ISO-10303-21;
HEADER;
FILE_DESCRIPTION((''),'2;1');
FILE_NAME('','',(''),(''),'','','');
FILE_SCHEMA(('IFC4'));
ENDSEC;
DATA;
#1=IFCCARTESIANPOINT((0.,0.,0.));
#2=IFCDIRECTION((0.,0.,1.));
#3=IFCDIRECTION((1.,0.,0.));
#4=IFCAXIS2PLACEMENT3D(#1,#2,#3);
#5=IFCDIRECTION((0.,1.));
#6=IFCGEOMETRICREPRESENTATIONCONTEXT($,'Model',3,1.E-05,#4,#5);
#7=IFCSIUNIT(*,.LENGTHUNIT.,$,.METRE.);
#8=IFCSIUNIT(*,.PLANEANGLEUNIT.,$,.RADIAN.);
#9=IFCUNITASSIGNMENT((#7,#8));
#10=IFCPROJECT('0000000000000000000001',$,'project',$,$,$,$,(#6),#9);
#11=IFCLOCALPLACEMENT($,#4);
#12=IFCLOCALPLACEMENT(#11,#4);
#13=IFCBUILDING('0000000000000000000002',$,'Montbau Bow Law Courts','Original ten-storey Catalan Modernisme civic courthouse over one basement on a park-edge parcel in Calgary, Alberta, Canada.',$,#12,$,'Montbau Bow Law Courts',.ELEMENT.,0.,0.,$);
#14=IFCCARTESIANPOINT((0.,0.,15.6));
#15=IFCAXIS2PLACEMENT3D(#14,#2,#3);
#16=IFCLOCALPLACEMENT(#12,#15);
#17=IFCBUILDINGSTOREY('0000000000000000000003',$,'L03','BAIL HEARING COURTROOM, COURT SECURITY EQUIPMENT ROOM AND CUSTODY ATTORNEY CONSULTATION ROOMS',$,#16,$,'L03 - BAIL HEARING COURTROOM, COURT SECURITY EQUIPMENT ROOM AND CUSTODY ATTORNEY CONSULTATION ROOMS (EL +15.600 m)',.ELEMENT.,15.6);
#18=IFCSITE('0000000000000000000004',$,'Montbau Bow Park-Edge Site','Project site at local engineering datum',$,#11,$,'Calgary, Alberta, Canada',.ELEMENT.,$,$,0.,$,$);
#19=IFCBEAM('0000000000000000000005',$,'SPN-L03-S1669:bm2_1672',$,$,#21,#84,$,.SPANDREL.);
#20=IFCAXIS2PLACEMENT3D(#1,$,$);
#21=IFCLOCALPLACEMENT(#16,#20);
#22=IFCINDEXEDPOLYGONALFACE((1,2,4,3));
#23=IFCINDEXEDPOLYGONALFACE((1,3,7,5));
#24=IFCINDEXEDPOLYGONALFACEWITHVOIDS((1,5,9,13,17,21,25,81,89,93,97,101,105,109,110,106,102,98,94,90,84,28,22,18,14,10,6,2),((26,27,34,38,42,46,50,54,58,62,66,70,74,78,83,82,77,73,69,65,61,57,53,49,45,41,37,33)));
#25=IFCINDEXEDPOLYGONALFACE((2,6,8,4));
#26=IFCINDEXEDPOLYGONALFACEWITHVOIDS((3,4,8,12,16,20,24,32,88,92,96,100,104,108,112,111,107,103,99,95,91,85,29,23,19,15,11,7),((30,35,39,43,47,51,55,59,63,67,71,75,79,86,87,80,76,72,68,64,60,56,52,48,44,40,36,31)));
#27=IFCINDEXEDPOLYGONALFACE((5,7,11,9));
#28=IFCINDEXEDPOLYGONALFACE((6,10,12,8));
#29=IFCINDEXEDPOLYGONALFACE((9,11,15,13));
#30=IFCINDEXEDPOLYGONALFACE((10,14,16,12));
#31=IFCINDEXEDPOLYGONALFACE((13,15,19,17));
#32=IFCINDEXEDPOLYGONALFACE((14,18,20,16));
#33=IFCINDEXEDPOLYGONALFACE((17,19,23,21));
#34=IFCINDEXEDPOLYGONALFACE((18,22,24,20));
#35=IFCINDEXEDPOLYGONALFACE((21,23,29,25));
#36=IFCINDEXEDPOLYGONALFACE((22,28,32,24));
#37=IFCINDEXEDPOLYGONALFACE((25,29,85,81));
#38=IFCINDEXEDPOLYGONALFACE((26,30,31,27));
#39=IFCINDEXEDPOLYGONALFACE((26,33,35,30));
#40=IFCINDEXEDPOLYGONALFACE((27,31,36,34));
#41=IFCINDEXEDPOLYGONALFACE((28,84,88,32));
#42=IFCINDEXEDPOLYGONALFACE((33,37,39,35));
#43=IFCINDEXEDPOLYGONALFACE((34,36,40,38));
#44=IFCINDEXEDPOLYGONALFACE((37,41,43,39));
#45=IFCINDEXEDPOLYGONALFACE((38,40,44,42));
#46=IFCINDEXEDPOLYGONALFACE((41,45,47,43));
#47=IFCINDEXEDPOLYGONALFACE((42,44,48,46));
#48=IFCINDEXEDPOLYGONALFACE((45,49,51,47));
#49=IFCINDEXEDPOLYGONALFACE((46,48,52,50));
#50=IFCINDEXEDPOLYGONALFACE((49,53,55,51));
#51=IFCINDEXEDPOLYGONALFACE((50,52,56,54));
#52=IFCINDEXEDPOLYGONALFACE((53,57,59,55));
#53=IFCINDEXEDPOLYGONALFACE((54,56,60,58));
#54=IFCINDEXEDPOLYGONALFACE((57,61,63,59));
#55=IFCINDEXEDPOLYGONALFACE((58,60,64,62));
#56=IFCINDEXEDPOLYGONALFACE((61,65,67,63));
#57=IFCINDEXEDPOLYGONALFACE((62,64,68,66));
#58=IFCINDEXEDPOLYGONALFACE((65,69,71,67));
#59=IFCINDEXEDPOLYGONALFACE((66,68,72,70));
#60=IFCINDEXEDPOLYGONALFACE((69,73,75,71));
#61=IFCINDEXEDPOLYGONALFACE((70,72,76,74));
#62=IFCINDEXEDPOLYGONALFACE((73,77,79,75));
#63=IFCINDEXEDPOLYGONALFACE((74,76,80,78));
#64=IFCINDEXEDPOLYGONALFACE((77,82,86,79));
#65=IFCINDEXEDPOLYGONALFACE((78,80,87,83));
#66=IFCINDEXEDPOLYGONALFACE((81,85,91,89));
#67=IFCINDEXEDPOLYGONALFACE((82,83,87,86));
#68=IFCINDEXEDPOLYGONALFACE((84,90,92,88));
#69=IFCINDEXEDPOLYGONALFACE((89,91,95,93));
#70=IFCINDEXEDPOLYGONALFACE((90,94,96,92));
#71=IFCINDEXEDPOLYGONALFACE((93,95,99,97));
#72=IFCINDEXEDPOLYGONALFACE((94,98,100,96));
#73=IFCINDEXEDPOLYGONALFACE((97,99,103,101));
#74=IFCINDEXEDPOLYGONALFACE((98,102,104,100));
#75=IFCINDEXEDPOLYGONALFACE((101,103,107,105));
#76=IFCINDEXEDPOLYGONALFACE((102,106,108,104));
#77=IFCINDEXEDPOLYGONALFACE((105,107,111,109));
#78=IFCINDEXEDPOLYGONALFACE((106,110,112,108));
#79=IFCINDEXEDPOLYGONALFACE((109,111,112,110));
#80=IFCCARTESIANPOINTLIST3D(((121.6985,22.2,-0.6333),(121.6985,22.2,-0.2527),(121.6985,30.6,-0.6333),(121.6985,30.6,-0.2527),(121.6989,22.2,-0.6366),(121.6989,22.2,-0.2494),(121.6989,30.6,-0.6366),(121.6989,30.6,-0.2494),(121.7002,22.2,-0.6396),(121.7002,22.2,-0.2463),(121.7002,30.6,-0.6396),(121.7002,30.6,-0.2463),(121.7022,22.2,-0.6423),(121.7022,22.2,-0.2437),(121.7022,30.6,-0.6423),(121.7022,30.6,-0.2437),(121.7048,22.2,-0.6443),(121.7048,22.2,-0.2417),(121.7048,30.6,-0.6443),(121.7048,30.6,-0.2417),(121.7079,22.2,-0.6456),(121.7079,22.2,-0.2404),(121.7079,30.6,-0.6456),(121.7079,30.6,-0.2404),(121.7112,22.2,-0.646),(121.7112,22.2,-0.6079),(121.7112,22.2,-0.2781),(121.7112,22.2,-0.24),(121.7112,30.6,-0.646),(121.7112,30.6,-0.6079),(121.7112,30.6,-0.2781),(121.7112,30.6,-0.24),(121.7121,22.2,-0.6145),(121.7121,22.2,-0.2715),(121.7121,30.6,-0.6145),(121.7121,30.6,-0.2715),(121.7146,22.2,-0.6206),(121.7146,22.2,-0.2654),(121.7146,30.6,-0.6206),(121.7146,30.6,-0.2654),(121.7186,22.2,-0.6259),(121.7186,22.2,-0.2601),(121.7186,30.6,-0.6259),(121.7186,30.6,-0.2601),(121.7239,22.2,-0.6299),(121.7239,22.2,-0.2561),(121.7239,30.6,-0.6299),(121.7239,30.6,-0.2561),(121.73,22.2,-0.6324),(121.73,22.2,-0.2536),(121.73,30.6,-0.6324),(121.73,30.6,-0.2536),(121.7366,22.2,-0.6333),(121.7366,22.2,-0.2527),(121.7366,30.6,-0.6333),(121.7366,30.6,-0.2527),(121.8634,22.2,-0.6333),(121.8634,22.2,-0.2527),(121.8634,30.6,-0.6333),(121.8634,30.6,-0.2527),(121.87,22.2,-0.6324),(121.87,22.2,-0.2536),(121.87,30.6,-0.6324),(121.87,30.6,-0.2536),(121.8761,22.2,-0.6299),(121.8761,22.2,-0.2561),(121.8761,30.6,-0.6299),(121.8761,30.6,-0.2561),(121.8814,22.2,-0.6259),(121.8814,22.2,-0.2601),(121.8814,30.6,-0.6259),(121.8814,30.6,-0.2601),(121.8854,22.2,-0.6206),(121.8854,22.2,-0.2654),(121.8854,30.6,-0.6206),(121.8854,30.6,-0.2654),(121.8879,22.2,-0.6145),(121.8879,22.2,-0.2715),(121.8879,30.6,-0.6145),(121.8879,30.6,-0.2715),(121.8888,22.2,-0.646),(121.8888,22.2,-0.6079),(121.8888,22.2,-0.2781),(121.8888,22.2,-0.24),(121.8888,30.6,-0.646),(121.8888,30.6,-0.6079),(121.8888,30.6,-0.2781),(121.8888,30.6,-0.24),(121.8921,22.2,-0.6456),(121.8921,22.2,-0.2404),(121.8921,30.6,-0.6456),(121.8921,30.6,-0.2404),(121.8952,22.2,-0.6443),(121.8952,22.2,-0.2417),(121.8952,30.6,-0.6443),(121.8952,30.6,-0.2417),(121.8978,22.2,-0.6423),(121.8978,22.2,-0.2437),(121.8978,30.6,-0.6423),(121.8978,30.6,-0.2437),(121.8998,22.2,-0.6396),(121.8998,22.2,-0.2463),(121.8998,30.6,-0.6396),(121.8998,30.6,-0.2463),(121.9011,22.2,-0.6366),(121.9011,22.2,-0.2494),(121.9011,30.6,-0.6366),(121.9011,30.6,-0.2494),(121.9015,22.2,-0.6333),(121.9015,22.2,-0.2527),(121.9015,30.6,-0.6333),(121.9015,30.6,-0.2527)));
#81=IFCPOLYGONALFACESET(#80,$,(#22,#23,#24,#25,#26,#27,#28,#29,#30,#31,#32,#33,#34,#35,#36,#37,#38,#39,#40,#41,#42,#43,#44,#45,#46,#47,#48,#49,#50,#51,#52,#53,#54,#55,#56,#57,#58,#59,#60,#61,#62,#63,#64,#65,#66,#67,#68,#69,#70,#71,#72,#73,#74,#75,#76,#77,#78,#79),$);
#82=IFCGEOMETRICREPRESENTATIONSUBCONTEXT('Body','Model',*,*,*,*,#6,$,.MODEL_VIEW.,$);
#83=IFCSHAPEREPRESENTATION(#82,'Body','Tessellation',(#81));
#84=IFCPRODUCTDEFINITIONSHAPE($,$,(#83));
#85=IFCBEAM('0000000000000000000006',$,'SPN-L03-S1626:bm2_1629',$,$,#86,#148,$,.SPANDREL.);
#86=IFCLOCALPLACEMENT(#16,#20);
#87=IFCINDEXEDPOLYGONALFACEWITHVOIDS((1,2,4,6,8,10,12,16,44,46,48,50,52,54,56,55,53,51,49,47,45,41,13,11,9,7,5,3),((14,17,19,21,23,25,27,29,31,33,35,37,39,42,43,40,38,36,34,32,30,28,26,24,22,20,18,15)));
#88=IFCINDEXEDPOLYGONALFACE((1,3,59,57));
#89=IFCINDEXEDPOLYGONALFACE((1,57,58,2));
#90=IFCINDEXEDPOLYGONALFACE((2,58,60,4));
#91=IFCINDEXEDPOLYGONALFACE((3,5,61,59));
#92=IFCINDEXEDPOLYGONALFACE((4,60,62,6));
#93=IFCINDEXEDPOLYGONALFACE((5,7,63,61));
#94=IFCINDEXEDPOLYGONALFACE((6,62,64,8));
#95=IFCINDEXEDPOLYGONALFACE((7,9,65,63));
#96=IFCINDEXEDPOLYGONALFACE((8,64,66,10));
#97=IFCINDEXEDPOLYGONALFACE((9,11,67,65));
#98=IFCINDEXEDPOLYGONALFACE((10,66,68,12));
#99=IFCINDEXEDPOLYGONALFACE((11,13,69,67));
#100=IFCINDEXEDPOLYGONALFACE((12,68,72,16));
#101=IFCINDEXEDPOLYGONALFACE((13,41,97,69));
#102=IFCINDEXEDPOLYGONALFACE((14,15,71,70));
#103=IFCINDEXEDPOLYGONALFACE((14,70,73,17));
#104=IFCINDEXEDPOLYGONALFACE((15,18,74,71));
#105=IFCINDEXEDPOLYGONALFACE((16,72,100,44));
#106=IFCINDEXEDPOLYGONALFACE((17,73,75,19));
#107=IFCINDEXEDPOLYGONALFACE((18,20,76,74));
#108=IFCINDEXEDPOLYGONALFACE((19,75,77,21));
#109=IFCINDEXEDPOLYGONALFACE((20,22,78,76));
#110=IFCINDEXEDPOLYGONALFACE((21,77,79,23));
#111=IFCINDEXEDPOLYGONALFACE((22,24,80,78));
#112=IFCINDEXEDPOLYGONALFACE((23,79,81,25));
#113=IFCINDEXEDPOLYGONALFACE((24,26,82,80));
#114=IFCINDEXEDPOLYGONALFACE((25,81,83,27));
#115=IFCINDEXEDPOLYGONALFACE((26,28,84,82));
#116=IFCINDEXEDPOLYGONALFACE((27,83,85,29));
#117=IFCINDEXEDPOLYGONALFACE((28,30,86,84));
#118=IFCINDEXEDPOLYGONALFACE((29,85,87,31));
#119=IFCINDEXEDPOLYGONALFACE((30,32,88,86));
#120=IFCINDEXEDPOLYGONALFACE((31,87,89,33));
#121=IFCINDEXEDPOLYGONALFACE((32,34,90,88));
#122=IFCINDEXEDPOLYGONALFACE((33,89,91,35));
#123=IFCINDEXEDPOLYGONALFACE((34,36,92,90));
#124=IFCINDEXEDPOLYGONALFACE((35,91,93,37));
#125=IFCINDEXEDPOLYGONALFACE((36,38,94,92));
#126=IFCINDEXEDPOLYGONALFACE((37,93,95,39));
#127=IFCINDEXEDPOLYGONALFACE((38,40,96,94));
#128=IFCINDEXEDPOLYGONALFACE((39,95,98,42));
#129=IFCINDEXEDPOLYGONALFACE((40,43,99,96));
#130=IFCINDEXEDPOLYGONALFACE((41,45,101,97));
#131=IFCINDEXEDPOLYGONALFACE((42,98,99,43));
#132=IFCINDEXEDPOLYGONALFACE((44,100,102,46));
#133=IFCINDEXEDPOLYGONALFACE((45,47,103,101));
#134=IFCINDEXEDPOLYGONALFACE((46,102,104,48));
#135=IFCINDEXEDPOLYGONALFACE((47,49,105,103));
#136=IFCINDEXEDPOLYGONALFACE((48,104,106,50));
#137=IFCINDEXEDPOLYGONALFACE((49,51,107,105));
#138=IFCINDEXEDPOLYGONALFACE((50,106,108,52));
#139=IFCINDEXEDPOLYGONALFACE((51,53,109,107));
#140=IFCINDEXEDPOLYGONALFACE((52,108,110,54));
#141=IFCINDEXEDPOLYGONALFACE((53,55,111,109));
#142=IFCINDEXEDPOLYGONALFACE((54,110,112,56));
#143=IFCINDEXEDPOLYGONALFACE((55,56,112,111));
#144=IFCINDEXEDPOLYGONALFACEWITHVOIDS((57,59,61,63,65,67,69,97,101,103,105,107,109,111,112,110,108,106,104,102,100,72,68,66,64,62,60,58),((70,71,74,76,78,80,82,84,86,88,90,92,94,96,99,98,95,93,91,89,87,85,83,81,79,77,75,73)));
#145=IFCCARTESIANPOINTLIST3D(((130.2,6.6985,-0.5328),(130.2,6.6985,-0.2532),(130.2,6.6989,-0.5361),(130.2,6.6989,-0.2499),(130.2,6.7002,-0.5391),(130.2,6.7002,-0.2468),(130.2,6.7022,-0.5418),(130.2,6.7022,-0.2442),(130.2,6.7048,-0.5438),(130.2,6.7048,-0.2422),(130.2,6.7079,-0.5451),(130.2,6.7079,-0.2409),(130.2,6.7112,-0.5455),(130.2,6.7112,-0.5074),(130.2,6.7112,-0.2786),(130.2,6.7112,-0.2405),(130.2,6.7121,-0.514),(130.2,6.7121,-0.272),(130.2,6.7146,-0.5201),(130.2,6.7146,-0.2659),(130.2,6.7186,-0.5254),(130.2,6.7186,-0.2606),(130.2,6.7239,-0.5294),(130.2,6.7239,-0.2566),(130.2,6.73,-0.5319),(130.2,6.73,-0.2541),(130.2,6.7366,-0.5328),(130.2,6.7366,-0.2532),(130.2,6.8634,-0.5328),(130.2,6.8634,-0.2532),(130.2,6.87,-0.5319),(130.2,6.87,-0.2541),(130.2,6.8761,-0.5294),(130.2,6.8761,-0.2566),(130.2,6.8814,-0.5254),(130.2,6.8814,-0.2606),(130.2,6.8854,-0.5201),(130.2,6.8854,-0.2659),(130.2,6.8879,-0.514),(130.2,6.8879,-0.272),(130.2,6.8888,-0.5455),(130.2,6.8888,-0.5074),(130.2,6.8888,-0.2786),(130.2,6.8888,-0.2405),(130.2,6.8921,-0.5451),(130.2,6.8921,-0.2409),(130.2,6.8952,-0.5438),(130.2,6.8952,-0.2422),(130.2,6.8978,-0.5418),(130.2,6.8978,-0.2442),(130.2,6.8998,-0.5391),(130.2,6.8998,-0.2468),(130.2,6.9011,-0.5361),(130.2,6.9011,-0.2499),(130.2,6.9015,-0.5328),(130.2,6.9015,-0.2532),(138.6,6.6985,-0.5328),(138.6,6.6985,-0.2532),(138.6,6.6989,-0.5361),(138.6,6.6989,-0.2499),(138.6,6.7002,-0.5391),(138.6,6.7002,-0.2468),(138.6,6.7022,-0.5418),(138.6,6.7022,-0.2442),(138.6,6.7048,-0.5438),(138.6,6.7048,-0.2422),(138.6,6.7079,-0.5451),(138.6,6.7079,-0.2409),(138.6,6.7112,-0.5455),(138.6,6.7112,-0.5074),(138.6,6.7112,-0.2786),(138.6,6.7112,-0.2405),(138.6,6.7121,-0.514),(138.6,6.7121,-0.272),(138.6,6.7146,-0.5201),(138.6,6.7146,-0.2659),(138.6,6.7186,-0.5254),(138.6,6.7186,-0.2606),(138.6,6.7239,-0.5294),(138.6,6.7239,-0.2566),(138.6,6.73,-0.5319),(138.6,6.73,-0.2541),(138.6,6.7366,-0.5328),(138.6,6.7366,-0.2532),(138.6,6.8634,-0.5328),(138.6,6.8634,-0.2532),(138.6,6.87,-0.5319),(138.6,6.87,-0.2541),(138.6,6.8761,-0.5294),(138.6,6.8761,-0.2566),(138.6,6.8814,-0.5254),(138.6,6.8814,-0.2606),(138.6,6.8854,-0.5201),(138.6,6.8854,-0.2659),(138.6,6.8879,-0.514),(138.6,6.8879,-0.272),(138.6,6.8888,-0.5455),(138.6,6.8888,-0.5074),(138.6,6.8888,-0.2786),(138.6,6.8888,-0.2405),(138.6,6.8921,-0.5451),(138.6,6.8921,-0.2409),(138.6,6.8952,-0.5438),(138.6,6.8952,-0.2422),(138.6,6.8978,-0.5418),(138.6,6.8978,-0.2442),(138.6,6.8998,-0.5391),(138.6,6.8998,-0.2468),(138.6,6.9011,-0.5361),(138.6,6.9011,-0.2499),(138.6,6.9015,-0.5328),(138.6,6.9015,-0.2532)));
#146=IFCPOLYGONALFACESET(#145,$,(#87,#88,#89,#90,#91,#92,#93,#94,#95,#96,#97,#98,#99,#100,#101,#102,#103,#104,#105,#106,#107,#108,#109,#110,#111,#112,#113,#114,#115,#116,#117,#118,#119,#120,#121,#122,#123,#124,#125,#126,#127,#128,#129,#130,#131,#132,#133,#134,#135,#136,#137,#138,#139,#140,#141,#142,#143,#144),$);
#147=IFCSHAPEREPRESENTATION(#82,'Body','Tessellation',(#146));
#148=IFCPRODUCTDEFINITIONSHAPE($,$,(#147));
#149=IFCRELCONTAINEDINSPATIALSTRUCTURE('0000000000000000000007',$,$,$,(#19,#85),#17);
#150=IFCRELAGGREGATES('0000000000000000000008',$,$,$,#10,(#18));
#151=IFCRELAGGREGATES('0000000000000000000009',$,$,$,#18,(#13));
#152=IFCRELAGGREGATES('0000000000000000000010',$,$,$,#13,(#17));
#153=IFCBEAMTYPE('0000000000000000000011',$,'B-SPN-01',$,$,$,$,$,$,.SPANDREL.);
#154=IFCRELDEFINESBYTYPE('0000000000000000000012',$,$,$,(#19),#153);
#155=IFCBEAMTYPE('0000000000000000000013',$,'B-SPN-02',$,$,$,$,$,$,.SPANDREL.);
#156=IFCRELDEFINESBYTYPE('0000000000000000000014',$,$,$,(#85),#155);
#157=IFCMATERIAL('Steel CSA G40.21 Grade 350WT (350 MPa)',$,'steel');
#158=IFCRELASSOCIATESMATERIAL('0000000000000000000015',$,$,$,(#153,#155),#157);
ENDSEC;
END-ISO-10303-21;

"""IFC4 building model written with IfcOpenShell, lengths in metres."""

from ifc_helpers import new_model, si_unit, direction, frame, origin_with_axes, origin_2d_with_axis, place, context, subcontext, project, spatial, hollow_rectangle, extrude, material, material_profile, profile_set, type_object, element, save


model = new_model("IFC4")

# Units and contexts
model_context = context("Model", 3, precision=1e-05, world=origin_with_axes(), true_north=direction((0.0, 1.0)))
body_context = subcontext(model_context, "Body", "Model", "MODEL_VIEW")
ifc_project = project(units=[si_unit("LENGTHUNIT", "METRE"), si_unit("PLANEANGLEUNIT", "RADIAN")], contexts=[model_context])

# Site, building, storey
site_placement = place(None, origin_with_axes())
site = spatial("IfcSite", under=ifc_project, at=site_placement, Name="Montbau Bow Park-Edge Site", Description="Project site at local engineering datum", LongName="Calgary, Alberta, Canada", CompositionType="ELEMENT", RefElevation=0.0)
building_placement = place(site_placement, origin_with_axes())
building = spatial("IfcBuilding", under=site, at=building_placement, Name="Montbau Bow Law Courts", Description="Original ten-storey Catalan Modernisme civic courthouse over one basement on a park-edge parcel in Calgary, Alberta, Canada.", LongName="Montbau Bow Law Courts", CompositionType="ELEMENT", ElevationOfRefHeight=0.0, ElevationOfTerrain=0.0)
storey_placement = place(building_placement, frame((0.0, 0.0, 15.6), z_axis=(0.0, 0.0, 1.0), x_axis=(1.0, 0.0, 0.0)))
storey = spatial("IfcBuildingStorey", under=building, at=storey_placement, Name="L03", Description="BAIL HEARING COURTROOM, COURT SECURITY EQUIPMENT ROOM AND CUSTODY ATTORNEY CONSULTATION ROOMS", LongName="L03 - BAIL HEARING COURTROOM, COURT SECURITY EQUIPMENT ROOM AND CUSTODY ATTORNEY CONSULTATION ROOMS (EL +15.600 m)", CompositionType="ELEMENT", Elevation=15.6)

# Beams
ifc_material_1 = material(Name="Steel CSA G40.21 Grade 350WT (350 MPa)", Category="steel")
ifc_material_profile_1 = material_profile(ifc_material_1, hollow_rectangle(XDim=0.203, YDim=0.406, WallThickness=0.0127, InnerFilletRadius=0.0254, OuterFilletRadius=0.0127, at=origin_2d_with_axis()), Name="HSS406X203X13", Category="Main", Priority=0)
ifc_profile_set_1 = profile_set([ifc_material_profile_1], Name="Steel CSA G40.21 Grade 350WT (350 MPa)")
beam_type_1 = type_object("IfcBeamType", Name="B-SPN-01", PredefinedType="SPANDREL", material=ifc_profile_set_1)
for number, where, z_axis, x_axis, name in (
    (1, (121.8, 22.2, 15.157), (0.0, 1.0, 0.0), (-1.0, 0.0, 0.0), "SPN-L03-S1669:bm2_1672"),
):
    element("IfcBeam", number, at=place(None, frame(where, z_axis=z_axis, x_axis=x_axis)), inside=storey, type_object=beam_type_1, Name=name, PredefinedType="SPANDREL", context=body_context, shape_type="SweptSolid", body=[
        extrude(hollow_rectangle(XDim=0.203, YDim=0.406, WallThickness=0.0127, InnerFilletRadius=0.0254, OuterFilletRadius=0.0127, at=origin_2d_with_axis()), origin_with_axes(), (0.0, 0.0, 1.0), 8.4),
    ])
ifc_material_profile_2 = material_profile(ifc_material_1, hollow_rectangle(XDim=0.203, YDim=0.305, WallThickness=0.0127, InnerFilletRadius=0.0254, OuterFilletRadius=0.0127, at=origin_2d_with_axis()), Name="HSS305X203X13", Category="Main", Priority=0)
ifc_profile_set_2 = profile_set([ifc_material_profile_2], Name="Steel CSA G40.21 Grade 350WT (350 MPa)")
beam_type_2 = type_object("IfcBeamType", Name="B-SPN-02", PredefinedType="SPANDREL", material=ifc_profile_set_2)
beam_1_placement = place(None, frame((130.2, 6.8, 15.207), z_axis=(1.0, 0.0, 0.0), x_axis=(0.0, 1.0, 0.0)))
element("IfcBeam", 2, at=beam_1_placement, inside=storey, type_object=beam_type_2, Name="SPN-L03-S1626:bm2_1629", PredefinedType="SPANDREL", context=body_context, shape_type="SweptSolid", body=[
    extrude(hollow_rectangle(XDim=0.203, YDim=0.305, WallThickness=0.0127, InnerFilletRadius=0.0254, OuterFilletRadius=0.0127, at=origin_2d_with_axis()), origin_with_axes(), (0.0, 0.0, 1.0), 8.4),
])

save(model, "model.ifc")
